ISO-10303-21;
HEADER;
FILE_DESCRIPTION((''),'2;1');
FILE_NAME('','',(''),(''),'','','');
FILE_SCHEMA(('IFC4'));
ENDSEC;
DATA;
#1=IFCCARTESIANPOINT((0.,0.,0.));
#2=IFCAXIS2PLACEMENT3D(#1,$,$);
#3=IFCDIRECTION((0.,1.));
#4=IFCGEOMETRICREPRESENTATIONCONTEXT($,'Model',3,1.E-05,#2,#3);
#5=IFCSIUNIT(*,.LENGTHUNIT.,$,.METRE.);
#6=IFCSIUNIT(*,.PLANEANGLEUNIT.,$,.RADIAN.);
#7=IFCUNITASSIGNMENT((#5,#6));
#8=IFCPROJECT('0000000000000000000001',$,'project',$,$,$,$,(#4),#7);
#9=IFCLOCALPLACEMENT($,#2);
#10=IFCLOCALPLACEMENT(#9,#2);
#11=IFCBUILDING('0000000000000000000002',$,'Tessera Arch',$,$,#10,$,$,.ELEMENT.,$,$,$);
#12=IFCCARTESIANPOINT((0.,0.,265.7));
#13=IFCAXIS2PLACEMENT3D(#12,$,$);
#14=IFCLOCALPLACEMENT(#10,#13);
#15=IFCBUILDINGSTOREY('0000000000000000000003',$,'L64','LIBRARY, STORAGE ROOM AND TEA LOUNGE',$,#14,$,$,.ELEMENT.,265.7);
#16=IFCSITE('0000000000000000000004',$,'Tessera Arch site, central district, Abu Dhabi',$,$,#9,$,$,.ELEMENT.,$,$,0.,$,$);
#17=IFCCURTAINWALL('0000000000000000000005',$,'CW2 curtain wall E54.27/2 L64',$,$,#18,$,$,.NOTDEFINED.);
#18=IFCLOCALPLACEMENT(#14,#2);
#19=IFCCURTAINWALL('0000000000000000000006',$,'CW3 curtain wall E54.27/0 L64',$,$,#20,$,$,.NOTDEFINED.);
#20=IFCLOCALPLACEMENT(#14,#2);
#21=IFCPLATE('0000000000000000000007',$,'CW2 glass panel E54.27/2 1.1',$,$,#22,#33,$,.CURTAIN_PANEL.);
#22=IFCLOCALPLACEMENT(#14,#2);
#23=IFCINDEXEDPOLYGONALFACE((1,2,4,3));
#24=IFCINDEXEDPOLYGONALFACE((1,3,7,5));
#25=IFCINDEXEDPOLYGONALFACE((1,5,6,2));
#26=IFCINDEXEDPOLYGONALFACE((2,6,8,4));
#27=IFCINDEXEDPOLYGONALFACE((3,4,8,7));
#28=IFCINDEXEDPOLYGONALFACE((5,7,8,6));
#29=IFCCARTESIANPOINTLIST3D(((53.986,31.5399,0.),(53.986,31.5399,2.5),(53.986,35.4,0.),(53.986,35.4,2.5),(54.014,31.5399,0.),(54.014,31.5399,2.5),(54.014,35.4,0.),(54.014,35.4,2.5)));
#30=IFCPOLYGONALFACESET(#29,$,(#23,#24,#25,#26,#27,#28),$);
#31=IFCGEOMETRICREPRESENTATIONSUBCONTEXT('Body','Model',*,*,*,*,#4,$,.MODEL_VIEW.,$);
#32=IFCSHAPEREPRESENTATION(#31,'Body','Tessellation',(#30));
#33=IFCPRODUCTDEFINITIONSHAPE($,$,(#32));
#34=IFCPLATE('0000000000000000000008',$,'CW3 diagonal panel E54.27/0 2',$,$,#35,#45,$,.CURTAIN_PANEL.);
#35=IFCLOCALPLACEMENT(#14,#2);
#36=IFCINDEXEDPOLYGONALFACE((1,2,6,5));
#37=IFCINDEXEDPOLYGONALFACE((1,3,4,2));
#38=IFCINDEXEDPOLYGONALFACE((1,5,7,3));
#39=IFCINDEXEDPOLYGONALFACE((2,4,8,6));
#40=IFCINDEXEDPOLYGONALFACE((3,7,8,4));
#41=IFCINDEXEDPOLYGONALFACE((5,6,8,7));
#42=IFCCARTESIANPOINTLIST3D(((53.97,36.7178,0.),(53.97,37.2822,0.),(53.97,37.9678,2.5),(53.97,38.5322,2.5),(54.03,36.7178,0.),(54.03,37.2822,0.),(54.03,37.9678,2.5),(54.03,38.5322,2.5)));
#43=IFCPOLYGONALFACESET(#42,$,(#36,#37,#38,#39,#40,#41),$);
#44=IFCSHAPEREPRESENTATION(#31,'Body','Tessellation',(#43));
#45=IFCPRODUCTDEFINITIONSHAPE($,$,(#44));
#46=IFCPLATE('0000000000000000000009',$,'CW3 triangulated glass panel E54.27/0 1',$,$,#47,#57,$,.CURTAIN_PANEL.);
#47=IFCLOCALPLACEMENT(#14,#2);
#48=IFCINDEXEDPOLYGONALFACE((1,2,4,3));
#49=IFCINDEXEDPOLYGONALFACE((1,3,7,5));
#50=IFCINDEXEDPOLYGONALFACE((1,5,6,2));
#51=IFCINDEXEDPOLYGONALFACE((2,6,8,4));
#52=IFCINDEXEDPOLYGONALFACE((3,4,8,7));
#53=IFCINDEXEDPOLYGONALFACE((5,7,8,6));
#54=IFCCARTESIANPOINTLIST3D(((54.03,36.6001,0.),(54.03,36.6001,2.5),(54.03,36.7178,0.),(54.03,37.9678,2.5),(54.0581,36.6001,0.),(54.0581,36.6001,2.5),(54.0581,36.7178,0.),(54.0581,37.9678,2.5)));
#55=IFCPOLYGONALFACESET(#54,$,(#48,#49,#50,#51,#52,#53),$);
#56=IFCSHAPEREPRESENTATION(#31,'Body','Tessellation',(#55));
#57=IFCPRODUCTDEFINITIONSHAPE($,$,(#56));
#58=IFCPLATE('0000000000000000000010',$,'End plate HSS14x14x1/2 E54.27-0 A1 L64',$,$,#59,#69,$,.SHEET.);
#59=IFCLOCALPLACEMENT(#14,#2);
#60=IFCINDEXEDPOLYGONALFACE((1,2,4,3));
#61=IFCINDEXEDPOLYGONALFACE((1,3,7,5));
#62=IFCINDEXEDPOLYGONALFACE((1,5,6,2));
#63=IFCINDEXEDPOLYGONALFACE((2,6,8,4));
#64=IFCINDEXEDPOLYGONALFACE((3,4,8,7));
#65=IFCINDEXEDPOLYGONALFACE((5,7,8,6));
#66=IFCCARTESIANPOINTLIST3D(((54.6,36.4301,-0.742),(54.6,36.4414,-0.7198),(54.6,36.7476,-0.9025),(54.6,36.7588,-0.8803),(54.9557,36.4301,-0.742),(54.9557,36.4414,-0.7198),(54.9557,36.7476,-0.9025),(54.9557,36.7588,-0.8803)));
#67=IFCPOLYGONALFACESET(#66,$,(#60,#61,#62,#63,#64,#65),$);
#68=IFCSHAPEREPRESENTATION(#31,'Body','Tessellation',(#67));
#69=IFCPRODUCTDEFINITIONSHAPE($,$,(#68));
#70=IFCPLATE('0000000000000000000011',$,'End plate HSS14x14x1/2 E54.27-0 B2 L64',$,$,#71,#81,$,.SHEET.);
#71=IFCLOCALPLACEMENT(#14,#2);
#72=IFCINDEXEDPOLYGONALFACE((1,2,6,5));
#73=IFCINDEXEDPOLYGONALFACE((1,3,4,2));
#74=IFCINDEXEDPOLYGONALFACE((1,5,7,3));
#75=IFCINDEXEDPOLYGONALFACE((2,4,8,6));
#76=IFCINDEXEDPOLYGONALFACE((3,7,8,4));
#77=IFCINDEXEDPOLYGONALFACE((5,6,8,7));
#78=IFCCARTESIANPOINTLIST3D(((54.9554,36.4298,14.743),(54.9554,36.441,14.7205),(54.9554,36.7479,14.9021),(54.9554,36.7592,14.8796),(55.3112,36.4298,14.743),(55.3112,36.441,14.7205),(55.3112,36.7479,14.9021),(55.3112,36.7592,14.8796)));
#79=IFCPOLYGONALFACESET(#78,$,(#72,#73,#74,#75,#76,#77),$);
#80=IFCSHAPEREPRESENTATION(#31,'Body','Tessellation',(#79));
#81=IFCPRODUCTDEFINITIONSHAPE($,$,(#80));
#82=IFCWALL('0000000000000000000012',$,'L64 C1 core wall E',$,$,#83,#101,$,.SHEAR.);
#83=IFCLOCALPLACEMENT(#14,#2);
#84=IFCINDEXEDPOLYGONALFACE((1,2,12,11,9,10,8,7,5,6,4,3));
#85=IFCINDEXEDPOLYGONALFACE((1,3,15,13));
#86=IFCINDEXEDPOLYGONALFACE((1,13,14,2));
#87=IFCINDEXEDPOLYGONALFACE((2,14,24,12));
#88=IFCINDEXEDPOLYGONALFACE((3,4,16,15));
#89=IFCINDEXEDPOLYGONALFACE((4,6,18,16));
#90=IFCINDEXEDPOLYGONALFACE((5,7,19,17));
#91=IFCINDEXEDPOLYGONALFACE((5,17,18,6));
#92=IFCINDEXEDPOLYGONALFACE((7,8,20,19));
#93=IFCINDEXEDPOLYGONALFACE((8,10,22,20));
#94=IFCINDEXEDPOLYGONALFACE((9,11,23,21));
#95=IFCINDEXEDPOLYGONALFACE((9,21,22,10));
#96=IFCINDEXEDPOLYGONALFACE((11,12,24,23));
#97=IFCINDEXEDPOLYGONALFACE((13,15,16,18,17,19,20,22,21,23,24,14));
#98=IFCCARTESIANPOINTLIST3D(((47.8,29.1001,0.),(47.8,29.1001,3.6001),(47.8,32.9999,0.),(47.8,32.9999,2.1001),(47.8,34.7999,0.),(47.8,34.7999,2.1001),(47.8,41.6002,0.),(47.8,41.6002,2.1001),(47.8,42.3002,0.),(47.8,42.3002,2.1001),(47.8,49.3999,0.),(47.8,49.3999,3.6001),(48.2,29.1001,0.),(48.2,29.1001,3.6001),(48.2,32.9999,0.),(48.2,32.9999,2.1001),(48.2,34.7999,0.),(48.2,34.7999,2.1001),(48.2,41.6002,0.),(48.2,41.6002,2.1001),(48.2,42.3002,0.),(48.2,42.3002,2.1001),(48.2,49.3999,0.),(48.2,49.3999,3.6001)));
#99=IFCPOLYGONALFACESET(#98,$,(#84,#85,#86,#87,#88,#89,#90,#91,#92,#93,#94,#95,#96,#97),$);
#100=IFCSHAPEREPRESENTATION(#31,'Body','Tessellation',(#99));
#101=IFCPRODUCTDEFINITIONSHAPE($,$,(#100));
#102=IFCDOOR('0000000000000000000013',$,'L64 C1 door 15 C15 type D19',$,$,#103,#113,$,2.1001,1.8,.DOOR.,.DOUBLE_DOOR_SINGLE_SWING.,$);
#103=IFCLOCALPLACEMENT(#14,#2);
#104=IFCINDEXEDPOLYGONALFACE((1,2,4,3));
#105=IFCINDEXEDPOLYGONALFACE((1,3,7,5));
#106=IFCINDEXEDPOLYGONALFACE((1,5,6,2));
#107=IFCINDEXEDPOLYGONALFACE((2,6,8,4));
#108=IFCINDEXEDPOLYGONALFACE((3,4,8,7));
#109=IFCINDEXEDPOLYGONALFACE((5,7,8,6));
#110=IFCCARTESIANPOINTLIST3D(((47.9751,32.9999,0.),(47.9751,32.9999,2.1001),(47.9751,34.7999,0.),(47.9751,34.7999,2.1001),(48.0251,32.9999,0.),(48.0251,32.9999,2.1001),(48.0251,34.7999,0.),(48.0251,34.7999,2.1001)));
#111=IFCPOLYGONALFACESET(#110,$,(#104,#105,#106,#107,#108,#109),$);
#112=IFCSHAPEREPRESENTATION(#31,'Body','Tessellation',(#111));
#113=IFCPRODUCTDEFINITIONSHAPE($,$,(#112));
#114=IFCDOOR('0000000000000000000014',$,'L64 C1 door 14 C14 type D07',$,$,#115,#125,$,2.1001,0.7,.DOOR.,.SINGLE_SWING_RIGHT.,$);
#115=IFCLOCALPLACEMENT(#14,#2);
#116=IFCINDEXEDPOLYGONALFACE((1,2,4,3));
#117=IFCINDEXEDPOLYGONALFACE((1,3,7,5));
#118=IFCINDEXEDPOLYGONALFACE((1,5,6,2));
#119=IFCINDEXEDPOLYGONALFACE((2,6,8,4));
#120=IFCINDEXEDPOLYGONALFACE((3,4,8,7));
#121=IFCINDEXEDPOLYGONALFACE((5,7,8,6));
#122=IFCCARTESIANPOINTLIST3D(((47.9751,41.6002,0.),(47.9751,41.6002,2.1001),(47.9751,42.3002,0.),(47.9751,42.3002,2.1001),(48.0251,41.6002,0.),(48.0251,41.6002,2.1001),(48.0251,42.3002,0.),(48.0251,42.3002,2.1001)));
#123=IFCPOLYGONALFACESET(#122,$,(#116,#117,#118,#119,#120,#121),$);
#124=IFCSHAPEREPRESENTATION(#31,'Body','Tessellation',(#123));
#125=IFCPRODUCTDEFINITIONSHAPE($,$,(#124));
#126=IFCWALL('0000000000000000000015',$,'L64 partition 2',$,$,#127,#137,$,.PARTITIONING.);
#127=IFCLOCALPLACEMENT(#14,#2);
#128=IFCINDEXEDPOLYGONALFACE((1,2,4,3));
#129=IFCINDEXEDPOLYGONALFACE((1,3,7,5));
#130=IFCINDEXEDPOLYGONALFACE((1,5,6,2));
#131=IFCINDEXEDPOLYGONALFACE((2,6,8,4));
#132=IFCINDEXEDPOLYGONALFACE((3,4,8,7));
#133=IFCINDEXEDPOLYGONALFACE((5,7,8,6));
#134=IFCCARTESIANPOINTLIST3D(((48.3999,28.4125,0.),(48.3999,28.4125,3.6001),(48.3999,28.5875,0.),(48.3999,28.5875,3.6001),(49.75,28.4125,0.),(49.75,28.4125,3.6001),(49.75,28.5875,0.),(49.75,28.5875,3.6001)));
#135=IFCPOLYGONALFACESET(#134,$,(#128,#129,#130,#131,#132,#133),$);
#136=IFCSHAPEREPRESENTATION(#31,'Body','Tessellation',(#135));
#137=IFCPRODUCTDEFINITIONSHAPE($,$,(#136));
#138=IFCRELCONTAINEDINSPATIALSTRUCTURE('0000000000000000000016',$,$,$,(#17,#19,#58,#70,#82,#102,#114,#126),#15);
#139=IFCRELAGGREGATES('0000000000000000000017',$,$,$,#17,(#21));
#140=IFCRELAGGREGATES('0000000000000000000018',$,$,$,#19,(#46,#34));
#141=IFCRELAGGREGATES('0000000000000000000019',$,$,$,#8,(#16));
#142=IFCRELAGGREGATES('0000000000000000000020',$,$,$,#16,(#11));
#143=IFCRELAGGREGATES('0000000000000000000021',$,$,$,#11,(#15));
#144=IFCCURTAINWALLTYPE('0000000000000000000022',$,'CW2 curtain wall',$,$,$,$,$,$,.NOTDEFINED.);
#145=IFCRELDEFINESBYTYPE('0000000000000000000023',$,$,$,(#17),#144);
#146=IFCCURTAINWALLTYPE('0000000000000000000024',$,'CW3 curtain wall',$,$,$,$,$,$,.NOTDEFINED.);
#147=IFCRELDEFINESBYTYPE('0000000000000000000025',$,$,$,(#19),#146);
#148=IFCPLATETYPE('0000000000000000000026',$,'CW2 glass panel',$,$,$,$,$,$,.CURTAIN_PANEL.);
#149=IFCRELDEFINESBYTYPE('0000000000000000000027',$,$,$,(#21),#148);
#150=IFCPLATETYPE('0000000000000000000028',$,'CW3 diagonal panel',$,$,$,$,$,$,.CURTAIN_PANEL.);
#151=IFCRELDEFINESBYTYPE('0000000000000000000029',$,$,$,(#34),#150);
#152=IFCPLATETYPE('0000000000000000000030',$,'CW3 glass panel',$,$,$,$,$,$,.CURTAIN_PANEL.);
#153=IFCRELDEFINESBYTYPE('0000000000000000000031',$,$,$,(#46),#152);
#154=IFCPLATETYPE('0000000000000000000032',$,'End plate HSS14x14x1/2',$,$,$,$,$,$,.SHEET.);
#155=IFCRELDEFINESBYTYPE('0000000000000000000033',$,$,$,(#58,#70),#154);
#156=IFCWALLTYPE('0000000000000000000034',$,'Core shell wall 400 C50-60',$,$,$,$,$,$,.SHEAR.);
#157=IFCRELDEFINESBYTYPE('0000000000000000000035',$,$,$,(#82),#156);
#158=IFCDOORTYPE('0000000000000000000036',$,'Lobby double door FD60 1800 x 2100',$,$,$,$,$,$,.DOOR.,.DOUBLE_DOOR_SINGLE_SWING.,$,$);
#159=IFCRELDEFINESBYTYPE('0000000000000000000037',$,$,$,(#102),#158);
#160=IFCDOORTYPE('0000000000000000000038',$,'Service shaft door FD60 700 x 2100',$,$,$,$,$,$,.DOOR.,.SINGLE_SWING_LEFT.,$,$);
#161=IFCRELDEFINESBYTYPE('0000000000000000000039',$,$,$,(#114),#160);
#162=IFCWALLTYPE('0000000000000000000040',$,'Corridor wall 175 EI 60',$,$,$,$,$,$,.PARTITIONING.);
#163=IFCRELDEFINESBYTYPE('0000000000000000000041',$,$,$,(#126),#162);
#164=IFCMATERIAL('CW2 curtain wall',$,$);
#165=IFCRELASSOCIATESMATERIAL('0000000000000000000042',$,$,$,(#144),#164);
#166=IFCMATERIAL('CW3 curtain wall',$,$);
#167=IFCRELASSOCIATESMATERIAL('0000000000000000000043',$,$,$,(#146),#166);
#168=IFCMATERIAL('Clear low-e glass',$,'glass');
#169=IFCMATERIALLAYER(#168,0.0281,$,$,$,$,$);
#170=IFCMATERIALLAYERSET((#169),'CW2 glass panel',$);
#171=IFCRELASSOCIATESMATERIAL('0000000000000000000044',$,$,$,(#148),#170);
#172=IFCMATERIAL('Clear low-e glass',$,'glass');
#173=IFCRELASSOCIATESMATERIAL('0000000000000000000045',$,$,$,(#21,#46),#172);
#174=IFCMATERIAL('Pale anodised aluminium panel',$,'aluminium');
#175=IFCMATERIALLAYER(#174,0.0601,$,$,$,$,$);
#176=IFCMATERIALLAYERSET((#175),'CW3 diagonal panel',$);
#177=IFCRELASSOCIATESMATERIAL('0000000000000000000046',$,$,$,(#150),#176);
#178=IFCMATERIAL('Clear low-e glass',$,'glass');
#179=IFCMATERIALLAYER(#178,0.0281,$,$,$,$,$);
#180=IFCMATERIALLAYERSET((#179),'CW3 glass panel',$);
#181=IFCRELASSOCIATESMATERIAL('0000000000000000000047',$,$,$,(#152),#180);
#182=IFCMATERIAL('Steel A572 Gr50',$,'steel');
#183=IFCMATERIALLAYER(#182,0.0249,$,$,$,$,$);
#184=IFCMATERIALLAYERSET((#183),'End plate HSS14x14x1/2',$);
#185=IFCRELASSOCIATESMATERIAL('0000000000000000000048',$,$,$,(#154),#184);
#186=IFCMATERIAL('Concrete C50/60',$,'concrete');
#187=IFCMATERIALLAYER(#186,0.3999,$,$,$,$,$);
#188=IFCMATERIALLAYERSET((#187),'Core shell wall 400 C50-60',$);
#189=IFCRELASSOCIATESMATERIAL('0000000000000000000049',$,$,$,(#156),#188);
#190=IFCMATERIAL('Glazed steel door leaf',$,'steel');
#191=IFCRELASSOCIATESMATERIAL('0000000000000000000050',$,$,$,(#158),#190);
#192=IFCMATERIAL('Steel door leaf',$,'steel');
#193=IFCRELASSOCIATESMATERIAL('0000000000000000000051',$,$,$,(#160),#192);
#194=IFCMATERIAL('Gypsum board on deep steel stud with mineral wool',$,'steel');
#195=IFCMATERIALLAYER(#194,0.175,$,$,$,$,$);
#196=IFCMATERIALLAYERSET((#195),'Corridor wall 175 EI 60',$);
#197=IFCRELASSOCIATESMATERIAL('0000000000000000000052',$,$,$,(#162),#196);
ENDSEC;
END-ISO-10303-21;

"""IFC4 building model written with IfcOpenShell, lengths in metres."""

from ifc_helpers import new_model, si_unit, direction, frame, frame_2d, origin, origin_2d, place, context, subcontext, project, spatial, polyline, rectangle, outline, extrude, material, layer, layer_set, type_object, element, fill, aggregate, save


model = new_model("IFC4")

# Units and contexts
model_context = context("Model", 3, precision=1e-05, world=origin(), true_north=direction((0.0, 1.0)))
body_context = subcontext(model_context, "Body", "Model", "MODEL_VIEW")
ifc_project = project(units=[si_unit("LENGTHUNIT", "METRE"), si_unit("PLANEANGLEUNIT", "RADIAN")], contexts=[model_context])

# Site, building, storey
site_placement = place(None, origin())
site = spatial("IfcSite", under=ifc_project, at=site_placement, Name="Tessera Arch site, central district, Abu Dhabi", CompositionType="ELEMENT", RefElevation=0.0)
building_placement = place(site_placement, origin())
building = spatial("IfcBuilding", under=site, at=building_placement, Name="Tessera Arch", CompositionType="ELEMENT")
storey_placement = place(building_placement, frame((0.0, 0.0, 265.7)))
storey = spatial("IfcBuildingStorey", under=building, at=storey_placement, Name="L64", Description="LIBRARY, STORAGE ROOM AND TEA LOUNGE", CompositionType="ELEMENT", Elevation=265.7)

# Curtain walls
ifc_material_1 = material(Name="CW2 curtain wall")
curtain_wall_type_1 = type_object("IfcCurtainWallType", Name="CW2 curtain wall", PredefinedType="NOTDEFINED", material=ifc_material_1)
curtain_wall_1_placement = place(storey_placement, origin())
curtain_wall_1 = element("IfcCurtainWall", 1, at=curtain_wall_1_placement, inside=storey, type_object=curtain_wall_type_1, Name="CW2 curtain wall E54.27/2 L64", PredefinedType="NOTDEFINED")
ifc_material_2 = material(Name="CW3 curtain wall")
curtain_wall_type_2 = type_object("IfcCurtainWallType", Name="CW3 curtain wall", PredefinedType="NOTDEFINED", material=ifc_material_2)
curtain_wall_2_placement = place(storey_placement, origin())
curtain_wall_2 = element("IfcCurtainWall", 2, at=curtain_wall_2_placement, inside=storey, type_object=curtain_wall_type_2, Name="CW3 curtain wall E54.27/0 L64", PredefinedType="NOTDEFINED")

# Plates
ifc_material_3 = material(Name="Clear low-e glass", Category="glass")
ifc_material_4 = material(Name="Clear low-e glass", Category="glass")
ifc_layer_1 = layer(ifc_material_4, 0.0281)
ifc_layer_set_1 = layer_set([ifc_layer_1], Name="CW2 glass panel")
plate_type_1 = type_object("IfcPlateType", Name="CW2 glass panel", PredefinedType="CURTAIN_PANEL", material=ifc_layer_set_1)
plate_1_placement = place(storey_placement, frame((54.0, 33.47, 0.0), z_axis=(0.0, 0.0, 1.0), x_axis=(0.0, 1.0, 0.0)))
plate_1 = element("IfcPlate", 3, at=plate_1_placement, type_object=plate_type_1, material=ifc_material_3, Name="CW2 glass panel E54.27/2 1.1", PredefinedType="CURTAIN_PANEL", context=body_context, shape_type="SweptSolid", body=[
    extrude(rectangle(XDim=3.8601, YDim=0.0281, at=origin_2d()), origin(), (0.0, 0.0, 1.0), 2.5),
])
aggregate(curtain_wall_1, [plate_1])
ifc_material_5 = material(Name="Pale anodised aluminium panel", Category="aluminium")
ifc_layer_2 = layer(ifc_material_5, 0.0601)
ifc_layer_set_2 = layer_set([ifc_layer_2], Name="CW3 diagonal panel")
plate_type_2 = type_object("IfcPlateType", Name="CW3 diagonal panel", PredefinedType="CURTAIN_PANEL", material=ifc_layer_set_2)
plate_2_placement = place(storey_placement, frame((54.03, 38.5322, 2.5), z_axis=(1.0, 0.0, 0.0), x_axis=(0.0, -1.0, 0.0)))
plate_2 = element("IfcPlate", 4, at=plate_2_placement, type_object=plate_type_2, Name="CW3 diagonal panel E54.27/0 2", PredefinedType="CURTAIN_PANEL", context=body_context, shape_type="SweptSolid", body=[
    extrude(outline(polyline([(0.0, 0.0), (0.5645, 0.0), (1.8145, 2.5), (1.25, 2.5), (0.0, 0.0)])), origin(), (0.0, 0.0, -1.0), 0.0601),
])
ifc_material_6 = material(Name="Clear low-e glass", Category="glass")
ifc_layer_3 = layer(ifc_material_6, 0.0281)
ifc_layer_set_3 = layer_set([ifc_layer_3], Name="CW3 glass panel")
plate_type_3 = type_object("IfcPlateType", Name="CW3 glass panel", PredefinedType="CURTAIN_PANEL", material=ifc_layer_set_3)
plate_3_placement = place(storey_placement, frame((54.0581, 36.6001, 0.0), z_axis=(1.0, 0.0, 0.0), x_axis=(0.0, 1.0, 0.0)))
plate_3 = element("IfcPlate", 5, at=plate_3_placement, type_object=plate_type_3, material=ifc_material_3, Name="CW3 triangulated glass panel E54.27/0 1", PredefinedType="CURTAIN_PANEL", context=body_context, shape_type="SweptSolid", body=[
    extrude(outline(polyline([(0.0, 0.0), (0.1177, 0.0), (1.3677, 2.5), (0.0, 2.5), (0.0, 0.0)])), origin(), (0.0, 0.0, -1.0), 0.0281),
])
aggregate(curtain_wall_2, [plate_3, plate_2])

# Plates
ifc_material_7 = material(Name="Steel A572 Gr50", Category="steel")
ifc_layer_4 = layer(ifc_material_7, 0.0249)
ifc_layer_set_4 = layer_set([ifc_layer_4], Name="End plate HSS14x14x1/2")
plate_type_4 = type_object("IfcPlateType", Name="End plate HSS14x14x1/2", PredefinedType="SHEET", material=ifc_layer_set_4)
plate_4_placement = place(storey_placement, frame((54.7778, 36.5889, -0.8223), z_axis=(0.0, 0.451132, 0.892457), x_axis=(-1.0, 0.0, 0.0)))
element("IfcPlate", 6, at=plate_4_placement, inside=storey, type_object=plate_type_4, Name="End plate HSS14x14x1/2 E54.27-0 A1 L64", PredefinedType="SHEET", context=body_context, shape_type="SweptSolid", body=[
    extrude(rectangle(XDim=0.3557, YDim=0.3557, at=origin_2d()), origin(), (0.0, 0.0, 1.0), 0.0249),
])
plate_5_placement = place(storey_placement, frame((55.1333, 36.6001, 14.8), z_axis=(0.0, -0.447214, 0.894427), x_axis=(1.0, 0.0, 0.0)))
element("IfcPlate", 7, at=plate_5_placement, inside=storey, type_object=plate_type_4, Name="End plate HSS14x14x1/2 E54.27-0 B2 L64", PredefinedType="SHEET", context=body_context, shape_type="SweptSolid", body=[
    extrude(rectangle(XDim=0.3557, YDim=0.3557, at=origin_2d()), origin(), (0.0, 0.0, 1.0), 0.0251),
])

# Wall, openings, doors
ifc_material_8 = material(Name="Concrete C50/60", Category="concrete")
ifc_layer_5 = layer(ifc_material_8, 0.3999)
ifc_layer_set_5 = layer_set([ifc_layer_5], Name="Core shell wall 400 C50-60")
wall_type_1 = type_object("IfcWallType", Name="Core shell wall 400 C50-60", PredefinedType="SHEAR", material=ifc_layer_set_5)
wall_1_placement = place(storey_placement, frame((48.0, 29.1001, 0.0), z_axis=(0.0, 0.0, 1.0), x_axis=(0.0, 1.0, 0.0)))
wall_1 = element("IfcWall", 8, at=wall_1_placement, inside=storey, type_object=wall_type_1, Name="L64 C1 core wall E", PredefinedType="SHEAR", context=body_context, shape_type="SweptSolid", body=[
    extrude(rectangle(XDim=20.2998, YDim=0.3999, at=frame_2d((10.1499, 0.0))), origin(), (0.0, 0.0, 1.0), 3.6001),
])
opening_1_placement = place(wall_1_placement, frame((12.5, 0.0, 0.0)))
opening_1 = element("IfcOpeningElement", 9, at=opening_1_placement, cuts=wall_1, PredefinedType="OPENING", context=body_context, shape_type="SweptSolid", body=[
    extrude(rectangle(XDim=0.7, YDim=2.1001, at=frame_2d((0.3501, 1.05))), frame((0.0, 0.21, 0.0), z_axis=(0.0, -1.0, 0.0), x_axis=(1.0, 0.0, 0.0)), (0.0, 0.0, 1.0), 0.4199),
])
opening_2_placement = place(wall_1_placement, frame((3.8999, 0.0, 0.0)))
opening_2 = element("IfcOpeningElement", 10, at=opening_2_placement, cuts=wall_1, PredefinedType="OPENING", context=body_context, shape_type="SweptSolid", body=[
    extrude(rectangle(XDim=1.8, YDim=2.1001, at=frame_2d((0.8999, 1.05))), frame((0.0, 0.21, 0.0), z_axis=(0.0, -1.0, 0.0), x_axis=(1.0, 0.0, 0.0)), (0.0, 0.0, 1.0), 0.4199),
])
ifc_material_9 = material(Name="Glazed steel door leaf", Category="steel")
door_type_1 = type_object("IfcDoorType", Name="Lobby double door FD60 1800 x 2100", OperationType="DOUBLE_DOOR_SINGLE_SWING", PredefinedType="DOOR", material=ifc_material_9)
door_1_placement = place(opening_2_placement, origin())
door_1 = element("IfcDoor", 11, at=door_1_placement, inside=storey, type_object=door_type_1, Name="L64 C1 door 15 C15 type D19", OperationType="DOUBLE_DOOR_SINGLE_SWING", OverallHeight=2.1001, OverallWidth=1.8, PredefinedType="DOOR", context=body_context, shape_type="SweptSolid", body=[
    extrude(rectangle(XDim=1.8, YDim=2.1001, at=frame_2d((0.8999, 1.05))), frame((0.0, 0.0249, 0.0), z_axis=(0.0, -1.0, 0.0), x_axis=(1.0, 0.0, 0.0)), (0.0, 0.0, 1.0), 0.05),
])
fill(opening_2, door_1)
ifc_material_10 = material(Name="Steel door leaf", Category="steel")
door_type_2 = type_object("IfcDoorType", Name="Service shaft door FD60 700 x 2100", OperationType="SINGLE_SWING_LEFT", PredefinedType="DOOR", material=ifc_material_10)
door_2_placement = place(opening_1_placement, origin())
door_2 = element("IfcDoor", 12, at=door_2_placement, inside=storey, type_object=door_type_2, Name="L64 C1 door 14 C14 type D07", OperationType="SINGLE_SWING_RIGHT", OverallHeight=2.1001, OverallWidth=0.7, PredefinedType="DOOR", context=body_context, shape_type="SweptSolid", body=[
    extrude(rectangle(XDim=0.7, YDim=2.1001, at=frame_2d((0.3501, 1.05))), frame((0.0, 0.0249, 0.0), z_axis=(0.0, -1.0, 0.0), x_axis=(1.0, 0.0, 0.0)), (0.0, 0.0, 1.0), 0.05),
])
fill(opening_1, door_2)

# Wall
ifc_material_11 = material(Name="Gypsum board on deep steel stud with mineral wool", Category="steel")
ifc_layer_6 = layer(ifc_material_11, 0.175)
ifc_layer_set_6 = layer_set([ifc_layer_6], Name="Corridor wall 175 EI 60")
wall_type_2 = type_object("IfcWallType", Name="Corridor wall 175 EI 60", PredefinedType="PARTITIONING", material=ifc_layer_set_6)
wall_2_placement = place(storey_placement, frame((48.3999, 28.5, 0.0), z_axis=(0.0, 0.0, 1.0), x_axis=(1.0, 0.0, 0.0)))
element("IfcWall", 13, at=wall_2_placement, inside=storey, type_object=wall_type_2, Name="L64 partition 2", PredefinedType="PARTITIONING", context=body_context, shape_type="SweptSolid", body=[
    extrude(rectangle(XDim=1.3501, YDim=0.175, at=frame_2d((0.675, 0.0))), origin(), (0.0, 0.0, 1.0), 3.6001),
])

save(model, "model.ifc")
